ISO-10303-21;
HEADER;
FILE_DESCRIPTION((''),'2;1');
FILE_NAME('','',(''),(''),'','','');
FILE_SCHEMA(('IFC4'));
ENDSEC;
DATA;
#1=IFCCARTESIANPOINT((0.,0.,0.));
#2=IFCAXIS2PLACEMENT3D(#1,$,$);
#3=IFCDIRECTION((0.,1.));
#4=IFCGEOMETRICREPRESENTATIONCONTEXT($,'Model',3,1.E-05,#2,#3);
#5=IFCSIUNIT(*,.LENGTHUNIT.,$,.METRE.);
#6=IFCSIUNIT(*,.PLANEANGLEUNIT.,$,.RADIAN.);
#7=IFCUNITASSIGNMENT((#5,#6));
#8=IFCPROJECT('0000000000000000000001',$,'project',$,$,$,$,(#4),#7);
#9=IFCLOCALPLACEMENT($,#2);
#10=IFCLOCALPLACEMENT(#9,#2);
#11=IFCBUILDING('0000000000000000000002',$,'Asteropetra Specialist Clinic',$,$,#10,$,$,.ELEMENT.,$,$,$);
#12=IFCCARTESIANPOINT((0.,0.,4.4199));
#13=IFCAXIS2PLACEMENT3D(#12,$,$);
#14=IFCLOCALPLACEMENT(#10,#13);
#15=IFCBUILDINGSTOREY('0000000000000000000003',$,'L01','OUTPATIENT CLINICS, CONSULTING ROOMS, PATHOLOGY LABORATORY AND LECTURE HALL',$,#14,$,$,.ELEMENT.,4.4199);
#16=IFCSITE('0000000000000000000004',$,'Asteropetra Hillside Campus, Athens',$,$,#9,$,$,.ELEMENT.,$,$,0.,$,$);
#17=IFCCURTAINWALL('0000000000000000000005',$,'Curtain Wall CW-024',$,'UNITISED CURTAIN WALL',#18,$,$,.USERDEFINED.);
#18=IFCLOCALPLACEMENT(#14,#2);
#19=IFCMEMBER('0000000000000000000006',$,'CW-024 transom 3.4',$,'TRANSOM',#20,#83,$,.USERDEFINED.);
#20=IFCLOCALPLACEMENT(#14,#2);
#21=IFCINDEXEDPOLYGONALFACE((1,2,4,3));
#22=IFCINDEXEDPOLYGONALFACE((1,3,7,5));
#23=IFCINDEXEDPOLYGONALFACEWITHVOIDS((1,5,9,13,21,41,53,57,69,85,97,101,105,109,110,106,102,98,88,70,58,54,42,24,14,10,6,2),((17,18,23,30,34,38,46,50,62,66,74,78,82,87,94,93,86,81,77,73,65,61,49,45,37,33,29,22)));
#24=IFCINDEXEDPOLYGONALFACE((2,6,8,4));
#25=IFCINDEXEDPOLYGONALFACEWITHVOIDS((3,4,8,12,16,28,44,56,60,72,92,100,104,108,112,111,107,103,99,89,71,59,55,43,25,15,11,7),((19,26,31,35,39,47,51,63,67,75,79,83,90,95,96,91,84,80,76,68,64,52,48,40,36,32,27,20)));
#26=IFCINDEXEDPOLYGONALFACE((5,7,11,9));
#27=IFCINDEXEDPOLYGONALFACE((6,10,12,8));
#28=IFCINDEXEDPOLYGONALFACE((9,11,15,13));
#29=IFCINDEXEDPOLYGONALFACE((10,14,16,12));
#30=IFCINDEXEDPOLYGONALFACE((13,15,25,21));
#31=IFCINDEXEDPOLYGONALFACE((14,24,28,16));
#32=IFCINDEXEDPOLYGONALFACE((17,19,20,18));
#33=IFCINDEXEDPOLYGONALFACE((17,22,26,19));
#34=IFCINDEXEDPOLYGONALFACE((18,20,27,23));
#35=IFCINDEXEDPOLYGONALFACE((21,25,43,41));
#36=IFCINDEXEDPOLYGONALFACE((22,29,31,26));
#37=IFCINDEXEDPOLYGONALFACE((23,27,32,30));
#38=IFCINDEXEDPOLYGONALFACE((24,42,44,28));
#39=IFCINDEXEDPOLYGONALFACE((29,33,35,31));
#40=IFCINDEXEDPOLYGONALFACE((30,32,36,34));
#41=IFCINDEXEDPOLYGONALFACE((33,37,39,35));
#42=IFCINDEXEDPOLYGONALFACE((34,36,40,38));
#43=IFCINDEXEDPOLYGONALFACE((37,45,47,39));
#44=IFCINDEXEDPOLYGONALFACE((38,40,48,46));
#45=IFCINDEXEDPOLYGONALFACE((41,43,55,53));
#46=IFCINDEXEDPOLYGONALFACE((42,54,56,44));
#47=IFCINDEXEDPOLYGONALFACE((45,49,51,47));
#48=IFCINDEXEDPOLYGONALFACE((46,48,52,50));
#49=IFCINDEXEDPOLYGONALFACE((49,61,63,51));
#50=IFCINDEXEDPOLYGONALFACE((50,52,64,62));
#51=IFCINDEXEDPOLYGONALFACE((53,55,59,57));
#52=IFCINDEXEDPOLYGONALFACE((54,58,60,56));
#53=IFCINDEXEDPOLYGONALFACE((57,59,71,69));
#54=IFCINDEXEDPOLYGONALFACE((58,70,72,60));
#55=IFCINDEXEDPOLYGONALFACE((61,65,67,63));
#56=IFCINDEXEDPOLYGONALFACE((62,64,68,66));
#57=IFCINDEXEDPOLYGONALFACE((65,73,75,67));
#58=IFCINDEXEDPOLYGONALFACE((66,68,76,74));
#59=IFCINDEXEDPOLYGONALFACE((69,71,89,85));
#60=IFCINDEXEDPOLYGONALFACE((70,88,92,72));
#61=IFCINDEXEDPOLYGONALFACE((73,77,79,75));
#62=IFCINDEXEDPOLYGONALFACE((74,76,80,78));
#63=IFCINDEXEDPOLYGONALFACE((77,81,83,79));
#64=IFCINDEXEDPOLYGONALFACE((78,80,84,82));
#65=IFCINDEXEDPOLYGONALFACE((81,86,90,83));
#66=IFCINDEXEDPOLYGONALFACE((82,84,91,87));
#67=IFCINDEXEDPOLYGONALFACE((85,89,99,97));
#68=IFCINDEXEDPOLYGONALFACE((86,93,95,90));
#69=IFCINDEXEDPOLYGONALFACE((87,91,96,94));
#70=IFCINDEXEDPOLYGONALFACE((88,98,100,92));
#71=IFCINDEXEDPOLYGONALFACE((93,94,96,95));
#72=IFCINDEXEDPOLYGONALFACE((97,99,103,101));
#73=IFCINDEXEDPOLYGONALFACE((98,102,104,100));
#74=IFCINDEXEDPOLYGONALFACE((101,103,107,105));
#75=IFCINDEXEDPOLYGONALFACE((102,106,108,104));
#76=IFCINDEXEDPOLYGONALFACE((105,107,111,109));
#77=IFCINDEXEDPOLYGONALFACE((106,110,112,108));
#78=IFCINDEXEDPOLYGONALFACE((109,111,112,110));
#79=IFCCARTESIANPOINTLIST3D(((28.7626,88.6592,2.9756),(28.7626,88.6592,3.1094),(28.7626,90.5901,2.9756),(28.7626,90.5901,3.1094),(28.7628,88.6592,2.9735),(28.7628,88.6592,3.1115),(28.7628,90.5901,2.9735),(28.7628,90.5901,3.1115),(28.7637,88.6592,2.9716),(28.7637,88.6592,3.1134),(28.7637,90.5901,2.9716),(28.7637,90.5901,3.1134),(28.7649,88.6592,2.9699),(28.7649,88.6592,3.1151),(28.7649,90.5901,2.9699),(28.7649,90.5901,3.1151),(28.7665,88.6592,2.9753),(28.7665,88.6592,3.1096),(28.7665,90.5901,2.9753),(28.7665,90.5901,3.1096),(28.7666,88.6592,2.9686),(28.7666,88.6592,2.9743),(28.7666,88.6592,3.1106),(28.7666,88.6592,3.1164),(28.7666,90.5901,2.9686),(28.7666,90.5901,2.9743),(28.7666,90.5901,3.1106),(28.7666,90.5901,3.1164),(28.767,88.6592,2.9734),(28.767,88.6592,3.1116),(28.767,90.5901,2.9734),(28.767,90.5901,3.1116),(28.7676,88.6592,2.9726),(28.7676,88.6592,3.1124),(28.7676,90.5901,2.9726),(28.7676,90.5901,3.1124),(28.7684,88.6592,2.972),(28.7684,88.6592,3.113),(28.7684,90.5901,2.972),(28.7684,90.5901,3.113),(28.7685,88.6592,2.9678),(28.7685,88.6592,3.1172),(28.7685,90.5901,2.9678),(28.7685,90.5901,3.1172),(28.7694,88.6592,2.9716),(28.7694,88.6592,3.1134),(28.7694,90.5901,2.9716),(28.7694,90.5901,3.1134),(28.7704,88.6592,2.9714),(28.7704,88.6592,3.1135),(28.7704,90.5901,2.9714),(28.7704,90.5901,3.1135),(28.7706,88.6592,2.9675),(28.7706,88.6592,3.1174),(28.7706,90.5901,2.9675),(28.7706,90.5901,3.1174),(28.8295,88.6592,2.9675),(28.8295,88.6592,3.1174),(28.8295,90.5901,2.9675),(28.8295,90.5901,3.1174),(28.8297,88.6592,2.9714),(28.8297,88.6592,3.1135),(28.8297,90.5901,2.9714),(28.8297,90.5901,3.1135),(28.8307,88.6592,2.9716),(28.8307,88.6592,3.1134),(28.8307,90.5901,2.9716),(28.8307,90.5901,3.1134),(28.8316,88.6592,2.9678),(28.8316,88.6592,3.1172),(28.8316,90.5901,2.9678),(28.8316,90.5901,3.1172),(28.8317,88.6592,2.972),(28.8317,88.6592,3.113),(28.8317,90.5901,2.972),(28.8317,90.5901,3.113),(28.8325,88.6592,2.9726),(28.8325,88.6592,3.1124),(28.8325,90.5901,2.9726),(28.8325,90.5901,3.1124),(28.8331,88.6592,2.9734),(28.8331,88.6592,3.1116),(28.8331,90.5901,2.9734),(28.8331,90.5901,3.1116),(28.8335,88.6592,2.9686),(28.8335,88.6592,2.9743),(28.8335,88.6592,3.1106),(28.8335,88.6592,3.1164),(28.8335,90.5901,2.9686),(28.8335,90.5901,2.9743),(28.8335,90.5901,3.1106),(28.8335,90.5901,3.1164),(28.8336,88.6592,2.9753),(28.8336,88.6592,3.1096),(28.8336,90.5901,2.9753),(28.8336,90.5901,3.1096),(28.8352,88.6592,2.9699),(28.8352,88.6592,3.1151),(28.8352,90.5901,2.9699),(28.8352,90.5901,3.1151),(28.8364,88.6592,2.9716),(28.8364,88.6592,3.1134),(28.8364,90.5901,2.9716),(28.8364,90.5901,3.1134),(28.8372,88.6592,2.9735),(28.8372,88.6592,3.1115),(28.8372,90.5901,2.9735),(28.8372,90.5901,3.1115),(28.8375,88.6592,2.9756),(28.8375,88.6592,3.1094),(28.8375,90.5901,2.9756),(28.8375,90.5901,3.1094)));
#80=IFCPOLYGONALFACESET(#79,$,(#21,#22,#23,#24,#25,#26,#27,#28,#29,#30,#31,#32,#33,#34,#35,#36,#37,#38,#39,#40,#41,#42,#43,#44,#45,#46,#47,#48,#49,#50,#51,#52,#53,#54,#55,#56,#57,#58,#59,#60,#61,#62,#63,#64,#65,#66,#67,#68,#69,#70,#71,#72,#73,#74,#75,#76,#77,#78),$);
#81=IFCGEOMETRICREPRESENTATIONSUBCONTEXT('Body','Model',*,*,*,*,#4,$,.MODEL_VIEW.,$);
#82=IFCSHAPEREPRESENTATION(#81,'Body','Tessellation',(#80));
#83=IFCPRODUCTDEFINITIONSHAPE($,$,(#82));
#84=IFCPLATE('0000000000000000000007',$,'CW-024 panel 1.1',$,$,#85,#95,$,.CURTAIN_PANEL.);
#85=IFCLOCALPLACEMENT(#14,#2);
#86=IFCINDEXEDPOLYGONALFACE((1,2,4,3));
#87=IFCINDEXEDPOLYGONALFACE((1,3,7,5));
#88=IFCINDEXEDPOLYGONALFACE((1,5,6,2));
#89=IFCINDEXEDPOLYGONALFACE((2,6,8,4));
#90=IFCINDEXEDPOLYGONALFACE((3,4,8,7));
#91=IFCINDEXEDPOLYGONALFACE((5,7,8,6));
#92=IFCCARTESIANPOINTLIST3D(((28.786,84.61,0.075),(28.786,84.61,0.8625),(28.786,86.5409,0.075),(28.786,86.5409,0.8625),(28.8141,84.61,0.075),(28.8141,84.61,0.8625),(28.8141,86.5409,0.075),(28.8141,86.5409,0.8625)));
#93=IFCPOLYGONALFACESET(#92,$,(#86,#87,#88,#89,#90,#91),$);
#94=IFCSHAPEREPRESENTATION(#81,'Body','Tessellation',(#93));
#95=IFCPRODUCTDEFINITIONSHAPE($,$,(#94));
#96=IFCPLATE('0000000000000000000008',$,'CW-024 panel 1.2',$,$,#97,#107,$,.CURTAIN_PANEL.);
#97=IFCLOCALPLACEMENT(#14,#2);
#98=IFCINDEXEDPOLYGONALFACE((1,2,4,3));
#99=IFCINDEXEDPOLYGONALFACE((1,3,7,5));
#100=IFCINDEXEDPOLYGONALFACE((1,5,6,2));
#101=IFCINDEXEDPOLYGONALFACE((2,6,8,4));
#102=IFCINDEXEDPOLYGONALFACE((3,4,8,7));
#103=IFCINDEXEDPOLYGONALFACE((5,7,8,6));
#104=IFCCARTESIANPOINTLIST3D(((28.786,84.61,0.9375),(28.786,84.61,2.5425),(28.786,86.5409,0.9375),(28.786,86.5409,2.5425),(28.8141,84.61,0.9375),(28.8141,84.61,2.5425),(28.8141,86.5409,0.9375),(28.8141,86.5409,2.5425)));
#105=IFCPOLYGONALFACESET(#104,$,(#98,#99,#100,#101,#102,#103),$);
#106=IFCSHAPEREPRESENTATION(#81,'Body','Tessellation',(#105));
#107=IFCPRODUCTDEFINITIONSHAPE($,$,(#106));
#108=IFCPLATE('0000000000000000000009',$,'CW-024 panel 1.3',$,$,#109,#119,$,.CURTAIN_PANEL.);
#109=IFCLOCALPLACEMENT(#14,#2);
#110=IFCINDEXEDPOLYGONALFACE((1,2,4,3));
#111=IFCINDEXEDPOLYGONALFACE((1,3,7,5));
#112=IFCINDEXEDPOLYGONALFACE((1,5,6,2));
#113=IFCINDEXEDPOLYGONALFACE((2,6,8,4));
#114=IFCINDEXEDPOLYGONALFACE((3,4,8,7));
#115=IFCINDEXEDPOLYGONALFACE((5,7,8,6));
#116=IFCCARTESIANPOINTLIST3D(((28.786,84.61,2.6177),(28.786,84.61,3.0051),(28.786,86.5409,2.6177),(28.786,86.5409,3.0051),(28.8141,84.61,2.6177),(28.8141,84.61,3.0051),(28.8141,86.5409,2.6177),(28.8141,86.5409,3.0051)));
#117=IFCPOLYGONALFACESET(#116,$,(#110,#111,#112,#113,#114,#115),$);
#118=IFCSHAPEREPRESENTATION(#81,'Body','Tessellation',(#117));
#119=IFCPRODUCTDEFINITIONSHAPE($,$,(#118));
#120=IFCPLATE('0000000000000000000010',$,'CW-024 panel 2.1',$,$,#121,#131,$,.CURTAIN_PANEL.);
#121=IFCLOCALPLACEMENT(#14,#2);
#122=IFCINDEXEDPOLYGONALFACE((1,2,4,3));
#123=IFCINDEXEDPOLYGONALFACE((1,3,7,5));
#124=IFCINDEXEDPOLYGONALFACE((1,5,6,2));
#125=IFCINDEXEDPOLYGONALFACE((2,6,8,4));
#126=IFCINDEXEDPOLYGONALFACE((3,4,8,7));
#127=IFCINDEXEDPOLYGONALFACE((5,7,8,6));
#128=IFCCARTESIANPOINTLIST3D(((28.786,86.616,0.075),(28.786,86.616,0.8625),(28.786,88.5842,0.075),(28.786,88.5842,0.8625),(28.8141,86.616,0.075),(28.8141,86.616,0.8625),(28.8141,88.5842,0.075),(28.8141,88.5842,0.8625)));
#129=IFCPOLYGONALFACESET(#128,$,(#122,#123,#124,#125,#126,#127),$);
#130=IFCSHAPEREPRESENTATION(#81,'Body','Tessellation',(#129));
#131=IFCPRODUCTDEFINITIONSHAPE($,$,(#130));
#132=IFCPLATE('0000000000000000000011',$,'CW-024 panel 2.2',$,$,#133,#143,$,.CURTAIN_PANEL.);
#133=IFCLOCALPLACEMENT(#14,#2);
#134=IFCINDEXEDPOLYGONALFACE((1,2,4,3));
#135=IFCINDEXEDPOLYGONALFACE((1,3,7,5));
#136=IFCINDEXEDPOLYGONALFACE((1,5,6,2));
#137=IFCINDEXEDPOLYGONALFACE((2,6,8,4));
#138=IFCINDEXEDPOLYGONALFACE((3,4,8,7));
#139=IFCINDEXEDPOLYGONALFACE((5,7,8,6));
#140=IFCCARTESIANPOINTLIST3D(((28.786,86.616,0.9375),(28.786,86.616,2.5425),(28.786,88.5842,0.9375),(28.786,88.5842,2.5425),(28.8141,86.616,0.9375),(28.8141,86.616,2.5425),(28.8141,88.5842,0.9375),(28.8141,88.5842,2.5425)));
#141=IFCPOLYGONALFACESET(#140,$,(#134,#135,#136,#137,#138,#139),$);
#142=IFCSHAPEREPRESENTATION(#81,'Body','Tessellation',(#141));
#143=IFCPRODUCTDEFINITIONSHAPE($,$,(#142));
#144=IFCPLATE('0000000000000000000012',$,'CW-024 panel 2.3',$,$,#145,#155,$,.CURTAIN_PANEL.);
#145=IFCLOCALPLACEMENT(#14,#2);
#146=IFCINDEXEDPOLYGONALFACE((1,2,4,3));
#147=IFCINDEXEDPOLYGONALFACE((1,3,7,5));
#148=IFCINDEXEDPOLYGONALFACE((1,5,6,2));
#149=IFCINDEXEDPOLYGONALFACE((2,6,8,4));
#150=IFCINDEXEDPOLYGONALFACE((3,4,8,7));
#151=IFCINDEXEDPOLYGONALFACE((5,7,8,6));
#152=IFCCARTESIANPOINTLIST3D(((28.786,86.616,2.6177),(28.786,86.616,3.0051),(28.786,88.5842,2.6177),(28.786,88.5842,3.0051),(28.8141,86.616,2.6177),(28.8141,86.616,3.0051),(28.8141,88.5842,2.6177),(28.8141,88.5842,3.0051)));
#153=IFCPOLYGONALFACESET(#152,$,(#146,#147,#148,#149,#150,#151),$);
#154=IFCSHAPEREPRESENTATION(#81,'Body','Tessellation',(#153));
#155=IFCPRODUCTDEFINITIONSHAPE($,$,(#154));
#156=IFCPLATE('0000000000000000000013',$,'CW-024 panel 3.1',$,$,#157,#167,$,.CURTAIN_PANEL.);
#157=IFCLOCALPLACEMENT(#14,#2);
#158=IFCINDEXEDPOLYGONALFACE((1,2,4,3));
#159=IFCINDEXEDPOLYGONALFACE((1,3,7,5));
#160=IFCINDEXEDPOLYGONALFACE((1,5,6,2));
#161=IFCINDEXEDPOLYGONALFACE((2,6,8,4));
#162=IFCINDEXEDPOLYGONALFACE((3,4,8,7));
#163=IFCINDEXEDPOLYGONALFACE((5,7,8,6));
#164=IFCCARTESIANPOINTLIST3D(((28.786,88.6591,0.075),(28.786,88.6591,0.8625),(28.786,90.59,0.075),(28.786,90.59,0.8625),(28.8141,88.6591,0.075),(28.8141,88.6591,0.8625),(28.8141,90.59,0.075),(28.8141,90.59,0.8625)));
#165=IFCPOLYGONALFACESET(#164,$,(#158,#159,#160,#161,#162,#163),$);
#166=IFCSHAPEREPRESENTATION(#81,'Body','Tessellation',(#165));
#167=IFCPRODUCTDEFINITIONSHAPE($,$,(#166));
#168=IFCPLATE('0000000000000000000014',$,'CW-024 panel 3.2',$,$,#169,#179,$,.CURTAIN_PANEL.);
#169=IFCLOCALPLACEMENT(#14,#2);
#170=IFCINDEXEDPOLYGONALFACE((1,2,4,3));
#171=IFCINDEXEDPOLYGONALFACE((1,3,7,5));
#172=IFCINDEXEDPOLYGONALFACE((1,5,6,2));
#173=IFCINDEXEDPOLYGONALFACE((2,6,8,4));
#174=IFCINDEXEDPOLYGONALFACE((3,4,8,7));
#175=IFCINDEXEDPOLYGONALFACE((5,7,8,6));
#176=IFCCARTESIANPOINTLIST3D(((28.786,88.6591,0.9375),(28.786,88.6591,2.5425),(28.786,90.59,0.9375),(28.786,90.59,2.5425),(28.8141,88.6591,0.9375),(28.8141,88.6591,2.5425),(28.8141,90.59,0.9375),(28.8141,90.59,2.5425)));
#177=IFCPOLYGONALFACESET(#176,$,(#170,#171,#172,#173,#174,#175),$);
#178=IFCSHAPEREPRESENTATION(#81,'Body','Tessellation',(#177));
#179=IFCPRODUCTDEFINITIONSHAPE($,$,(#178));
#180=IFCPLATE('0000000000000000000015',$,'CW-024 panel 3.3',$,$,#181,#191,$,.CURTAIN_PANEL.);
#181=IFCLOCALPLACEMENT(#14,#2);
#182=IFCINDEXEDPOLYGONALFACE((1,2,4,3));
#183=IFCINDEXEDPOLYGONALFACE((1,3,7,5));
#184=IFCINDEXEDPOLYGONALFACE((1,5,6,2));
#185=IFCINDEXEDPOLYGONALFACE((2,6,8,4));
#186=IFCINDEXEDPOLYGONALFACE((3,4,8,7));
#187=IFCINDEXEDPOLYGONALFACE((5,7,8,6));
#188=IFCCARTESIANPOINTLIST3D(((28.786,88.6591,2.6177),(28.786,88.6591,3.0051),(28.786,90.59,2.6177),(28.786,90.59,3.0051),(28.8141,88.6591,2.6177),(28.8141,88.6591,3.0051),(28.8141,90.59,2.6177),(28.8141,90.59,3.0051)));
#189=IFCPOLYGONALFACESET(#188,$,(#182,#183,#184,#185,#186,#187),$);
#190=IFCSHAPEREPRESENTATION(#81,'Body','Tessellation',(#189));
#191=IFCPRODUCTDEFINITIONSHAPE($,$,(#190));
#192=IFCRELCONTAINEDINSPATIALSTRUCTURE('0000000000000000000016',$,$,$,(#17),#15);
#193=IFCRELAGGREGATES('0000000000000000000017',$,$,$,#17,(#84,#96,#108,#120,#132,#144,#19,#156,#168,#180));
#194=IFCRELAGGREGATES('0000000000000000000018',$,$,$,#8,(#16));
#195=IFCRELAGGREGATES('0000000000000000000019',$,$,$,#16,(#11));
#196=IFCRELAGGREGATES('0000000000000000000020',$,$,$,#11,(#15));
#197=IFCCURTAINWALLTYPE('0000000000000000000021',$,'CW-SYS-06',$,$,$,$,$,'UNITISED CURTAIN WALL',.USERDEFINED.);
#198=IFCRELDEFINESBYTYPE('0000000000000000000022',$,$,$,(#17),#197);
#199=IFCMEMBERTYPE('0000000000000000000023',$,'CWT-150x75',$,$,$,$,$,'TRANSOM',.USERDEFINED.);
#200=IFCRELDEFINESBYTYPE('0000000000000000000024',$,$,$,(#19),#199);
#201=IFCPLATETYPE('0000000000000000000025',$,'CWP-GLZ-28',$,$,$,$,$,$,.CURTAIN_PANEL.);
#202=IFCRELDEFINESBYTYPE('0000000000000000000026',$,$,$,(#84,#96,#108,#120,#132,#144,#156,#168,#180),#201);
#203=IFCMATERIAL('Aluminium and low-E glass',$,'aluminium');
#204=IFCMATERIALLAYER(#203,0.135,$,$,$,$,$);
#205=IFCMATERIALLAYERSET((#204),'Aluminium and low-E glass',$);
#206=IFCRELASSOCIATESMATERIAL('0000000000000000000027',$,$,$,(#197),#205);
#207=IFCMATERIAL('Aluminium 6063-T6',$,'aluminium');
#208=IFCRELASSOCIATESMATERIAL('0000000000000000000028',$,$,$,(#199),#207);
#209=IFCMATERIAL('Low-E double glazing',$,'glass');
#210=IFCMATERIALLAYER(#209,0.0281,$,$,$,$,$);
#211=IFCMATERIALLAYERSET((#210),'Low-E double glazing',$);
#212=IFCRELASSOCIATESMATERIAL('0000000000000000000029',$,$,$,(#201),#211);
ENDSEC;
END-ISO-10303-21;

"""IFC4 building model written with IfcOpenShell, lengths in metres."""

from ifc_helpers import new_model, si_unit, direction, frame, origin, origin_2d, place, context, subcontext, project, spatial, rectangle, hollow_rectangle, extrude, material, layer, layer_set, material_profile, profile_set, type_object, element, aggregate, save


model = new_model("IFC4")

# Units and contexts
model_context = context("Model", 3, precision=1e-05, world=origin(), true_north=direction((0.0, 1.0)))
body_context = subcontext(model_context, "Body", "Model", "MODEL_VIEW")
ifc_project = project(units=[si_unit("LENGTHUNIT", "METRE"), si_unit("PLANEANGLEUNIT", "RADIAN")], contexts=[model_context])

# Site, building, storey
site_placement = place(None, origin())
site = spatial("IfcSite", under=ifc_project, at=site_placement, Name="Asteropetra Hillside Campus, Athens", CompositionType="ELEMENT", RefElevation=0.0)
building_placement = place(site_placement, origin())
building = spatial("IfcBuilding", under=site, at=building_placement, Name="Asteropetra Specialist Clinic", CompositionType="ELEMENT")
storey_placement = place(building_placement, frame((0.0, 0.0, 4.4199)))
storey = spatial("IfcBuildingStorey", under=building, at=storey_placement, Name="L01", Description="OUTPATIENT CLINICS, CONSULTING ROOMS, PATHOLOGY LABORATORY AND LECTURE HALL", CompositionType="ELEMENT", Elevation=4.4199)

# Curtain wall, member, plates
ifc_material_1 = material(Name="Aluminium and low-E glass", Category="aluminium")
ifc_layer_1 = layer(ifc_material_1, 0.135)
ifc_layer_set_1 = layer_set([ifc_layer_1], Name="Aluminium and low-E glass")
curtain_wall_type = type_object("IfcCurtainWallType", Name="CW-SYS-06", ElementType="UNITISED CURTAIN WALL", PredefinedType="USERDEFINED", material=ifc_layer_set_1)
curtain_wall_placement = place(storey_placement, origin())
curtain_wall = element("IfcCurtainWall", 1, at=curtain_wall_placement, inside=storey, type_object=curtain_wall_type, Name="Curtain Wall CW-024", ObjectType="UNITISED CURTAIN WALL", PredefinedType="USERDEFINED")
ifc_material_2 = material(Name="Aluminium 6063-T6", Category="aluminium")
ifc_material_profile_1 = material_profile(ifc_material_2, hollow_rectangle(XDim=0.075, YDim=0.1499, WallThickness=0.0039, InnerFilletRadius=0.0039, OuterFilletRadius=0.0081, at=origin_2d()), Name="TRN 150x75x4.0")
ifc_profile_set_1 = profile_set([ifc_material_profile_1], Name="Aluminium 6063-T6")
member_type_1 = type_object("IfcMemberType", Name="CWT-150x75", ElementType="TRANSOM", PredefinedType="USERDEFINED", material=ifc_profile_set_1)
member_1_placement = place(storey_placement, frame((28.8, 88.6592, 3.0425), z_axis=(0.0, 1.0, 0.0), x_axis=(-1.0, 0.0, 0.0)))
member_1 = element("IfcMember", 2, at=member_1_placement, type_object=member_type_1, Name="CW-024 transom 3.4", ObjectType="TRANSOM", PredefinedType="USERDEFINED", context=body_context, shape_type="SweptSolid", body=[
    extrude(hollow_rectangle(XDim=0.075, YDim=0.1499, WallThickness=0.0039, InnerFilletRadius=0.0039, OuterFilletRadius=0.0081, at=origin_2d()), origin(), (0.0, 0.0, 1.0), 1.9309),
])
ifc_material_3 = material(Name="Low-E double glazing", Category="glass")
ifc_layer_2 = layer(ifc_material_3, 0.0281)
ifc_layer_set_2 = layer_set([ifc_layer_2], Name="Low-E double glazing")
plate_type = type_object("IfcPlateType", Name="CWP-GLZ-28", PredefinedType="CURTAIN_PANEL", material=ifc_layer_set_2)
plate_1_placement = place(storey_placement, frame((28.8, 85.5754, 0.075), z_axis=(0.0, 0.0, 1.0), x_axis=(0.0, 1.0, 0.0)))
plate_1 = element("IfcPlate", 3, at=plate_1_placement, type_object=plate_type, Name="CW-024 panel 1.1", PredefinedType="CURTAIN_PANEL", context=body_context, shape_type="SweptSolid", body=[
    extrude(rectangle(XDim=1.9309, YDim=0.0281, at=origin_2d()), origin(), (0.0, 0.0, 1.0), 0.7876),
])
plate_2_placement = place(storey_placement, frame((28.8, 85.5754, 0.9375), z_axis=(0.0, 0.0, 1.0), x_axis=(0.0, 1.0, 0.0)))
plate_2 = element("IfcPlate", 4, at=plate_2_placement, type_object=plate_type, Name="CW-024 panel 1.2", PredefinedType="CURTAIN_PANEL", context=body_context, shape_type="SweptSolid", body=[
    extrude(rectangle(XDim=1.9309, YDim=0.0281, at=origin_2d()), origin(), (0.0, 0.0, 1.0), 1.605),
])
plate_3_placement = place(storey_placement, frame((28.8, 85.5754, 2.6177), z_axis=(0.0, 0.0, 1.0), x_axis=(0.0, 1.0, 0.0)))
plate_3 = element("IfcPlate", 5, at=plate_3_placement, type_object=plate_type, Name="CW-024 panel 1.3", PredefinedType="CURTAIN_PANEL", context=body_context, shape_type="SweptSolid", body=[
    extrude(rectangle(XDim=1.9309, YDim=0.0281, at=origin_2d()), origin(), (0.0, 0.0, 1.0), 0.3875),
])
plate_4_placement = place(storey_placement, frame((28.8, 87.6001, 0.075), z_axis=(0.0, 0.0, 1.0), x_axis=(0.0, 1.0, 0.0)))
plate_4 = element("IfcPlate", 6, at=plate_4_placement, type_object=plate_type, Name="CW-024 panel 2.1", PredefinedType="CURTAIN_PANEL", context=body_context, shape_type="SweptSolid", body=[
    extrude(rectangle(XDim=1.9683, YDim=0.0281, at=origin_2d()), origin(), (0.0, 0.0, 1.0), 0.7876),
])
plate_5_placement = place(storey_placement, frame((28.8, 87.6001, 0.9375), z_axis=(0.0, 0.0, 1.0), x_axis=(0.0, 1.0, 0.0)))
plate_5 = element("IfcPlate", 7, at=plate_5_placement, type_object=plate_type, Name="CW-024 panel 2.2", PredefinedType="CURTAIN_PANEL", context=body_context, shape_type="SweptSolid", body=[
    extrude(rectangle(XDim=1.9683, YDim=0.0281, at=origin_2d()), origin(), (0.0, 0.0, 1.0), 1.605),
])
plate_6_placement = place(storey_placement, frame((28.8, 87.6001, 2.6177), z_axis=(0.0, 0.0, 1.0), x_axis=(0.0, 1.0, 0.0)))
plate_6 = element("IfcPlate", 8, at=plate_6_placement, type_object=plate_type, Name="CW-024 panel 2.3", PredefinedType="CURTAIN_PANEL", context=body_context, shape_type="SweptSolid", body=[
    extrude(rectangle(XDim=1.9683, YDim=0.0281, at=origin_2d()), origin(), (0.0, 0.0, 1.0), 0.3875),
])
plate_7_placement = place(storey_placement, frame((28.8, 89.6245, 0.075), z_axis=(0.0, 0.0, 1.0), x_axis=(0.0, 1.0, 0.0)))
plate_7 = element("IfcPlate", 9, at=plate_7_placement, type_object=plate_type, Name="CW-024 panel 3.1", PredefinedType="CURTAIN_PANEL", context=body_context, shape_type="SweptSolid", body=[
    extrude(rectangle(XDim=1.9309, YDim=0.0281, at=origin_2d()), origin(), (0.0, 0.0, 1.0), 0.7876),
])
plate_8_placement = place(storey_placement, frame((28.8, 89.6245, 0.9375), z_axis=(0.0, 0.0, 1.0), x_axis=(0.0, 1.0, 0.0)))
plate_8 = element("IfcPlate", 10, at=plate_8_placement, type_object=plate_type, Name="CW-024 panel 3.2", PredefinedType="CURTAIN_PANEL", context=body_context, shape_type="SweptSolid", body=[
    extrude(rectangle(XDim=1.9309, YDim=0.0281, at=origin_2d()), origin(), (0.0, 0.0, 1.0), 1.605),
])
plate_9_placement = place(storey_placement, frame((28.8, 89.6245, 2.6177), z_axis=(0.0, 0.0, 1.0), x_axis=(0.0, 1.0, 0.0)))
plate_9 = element("IfcPlate", 11, at=plate_9_placement, type_object=plate_type, Name="CW-024 panel 3.3", PredefinedType="CURTAIN_PANEL", context=body_context, shape_type="SweptSolid", body=[
    extrude(rectangle(XDim=1.9309, YDim=0.0281, at=origin_2d()), origin(), (0.0, 0.0, 1.0), 0.3875),
])
aggregate(curtain_wall, [plate_1, plate_2, plate_3, plate_4, plate_5, plate_6, member_1, plate_7, plate_8, plate_9])

save(model, "model.ifc")
